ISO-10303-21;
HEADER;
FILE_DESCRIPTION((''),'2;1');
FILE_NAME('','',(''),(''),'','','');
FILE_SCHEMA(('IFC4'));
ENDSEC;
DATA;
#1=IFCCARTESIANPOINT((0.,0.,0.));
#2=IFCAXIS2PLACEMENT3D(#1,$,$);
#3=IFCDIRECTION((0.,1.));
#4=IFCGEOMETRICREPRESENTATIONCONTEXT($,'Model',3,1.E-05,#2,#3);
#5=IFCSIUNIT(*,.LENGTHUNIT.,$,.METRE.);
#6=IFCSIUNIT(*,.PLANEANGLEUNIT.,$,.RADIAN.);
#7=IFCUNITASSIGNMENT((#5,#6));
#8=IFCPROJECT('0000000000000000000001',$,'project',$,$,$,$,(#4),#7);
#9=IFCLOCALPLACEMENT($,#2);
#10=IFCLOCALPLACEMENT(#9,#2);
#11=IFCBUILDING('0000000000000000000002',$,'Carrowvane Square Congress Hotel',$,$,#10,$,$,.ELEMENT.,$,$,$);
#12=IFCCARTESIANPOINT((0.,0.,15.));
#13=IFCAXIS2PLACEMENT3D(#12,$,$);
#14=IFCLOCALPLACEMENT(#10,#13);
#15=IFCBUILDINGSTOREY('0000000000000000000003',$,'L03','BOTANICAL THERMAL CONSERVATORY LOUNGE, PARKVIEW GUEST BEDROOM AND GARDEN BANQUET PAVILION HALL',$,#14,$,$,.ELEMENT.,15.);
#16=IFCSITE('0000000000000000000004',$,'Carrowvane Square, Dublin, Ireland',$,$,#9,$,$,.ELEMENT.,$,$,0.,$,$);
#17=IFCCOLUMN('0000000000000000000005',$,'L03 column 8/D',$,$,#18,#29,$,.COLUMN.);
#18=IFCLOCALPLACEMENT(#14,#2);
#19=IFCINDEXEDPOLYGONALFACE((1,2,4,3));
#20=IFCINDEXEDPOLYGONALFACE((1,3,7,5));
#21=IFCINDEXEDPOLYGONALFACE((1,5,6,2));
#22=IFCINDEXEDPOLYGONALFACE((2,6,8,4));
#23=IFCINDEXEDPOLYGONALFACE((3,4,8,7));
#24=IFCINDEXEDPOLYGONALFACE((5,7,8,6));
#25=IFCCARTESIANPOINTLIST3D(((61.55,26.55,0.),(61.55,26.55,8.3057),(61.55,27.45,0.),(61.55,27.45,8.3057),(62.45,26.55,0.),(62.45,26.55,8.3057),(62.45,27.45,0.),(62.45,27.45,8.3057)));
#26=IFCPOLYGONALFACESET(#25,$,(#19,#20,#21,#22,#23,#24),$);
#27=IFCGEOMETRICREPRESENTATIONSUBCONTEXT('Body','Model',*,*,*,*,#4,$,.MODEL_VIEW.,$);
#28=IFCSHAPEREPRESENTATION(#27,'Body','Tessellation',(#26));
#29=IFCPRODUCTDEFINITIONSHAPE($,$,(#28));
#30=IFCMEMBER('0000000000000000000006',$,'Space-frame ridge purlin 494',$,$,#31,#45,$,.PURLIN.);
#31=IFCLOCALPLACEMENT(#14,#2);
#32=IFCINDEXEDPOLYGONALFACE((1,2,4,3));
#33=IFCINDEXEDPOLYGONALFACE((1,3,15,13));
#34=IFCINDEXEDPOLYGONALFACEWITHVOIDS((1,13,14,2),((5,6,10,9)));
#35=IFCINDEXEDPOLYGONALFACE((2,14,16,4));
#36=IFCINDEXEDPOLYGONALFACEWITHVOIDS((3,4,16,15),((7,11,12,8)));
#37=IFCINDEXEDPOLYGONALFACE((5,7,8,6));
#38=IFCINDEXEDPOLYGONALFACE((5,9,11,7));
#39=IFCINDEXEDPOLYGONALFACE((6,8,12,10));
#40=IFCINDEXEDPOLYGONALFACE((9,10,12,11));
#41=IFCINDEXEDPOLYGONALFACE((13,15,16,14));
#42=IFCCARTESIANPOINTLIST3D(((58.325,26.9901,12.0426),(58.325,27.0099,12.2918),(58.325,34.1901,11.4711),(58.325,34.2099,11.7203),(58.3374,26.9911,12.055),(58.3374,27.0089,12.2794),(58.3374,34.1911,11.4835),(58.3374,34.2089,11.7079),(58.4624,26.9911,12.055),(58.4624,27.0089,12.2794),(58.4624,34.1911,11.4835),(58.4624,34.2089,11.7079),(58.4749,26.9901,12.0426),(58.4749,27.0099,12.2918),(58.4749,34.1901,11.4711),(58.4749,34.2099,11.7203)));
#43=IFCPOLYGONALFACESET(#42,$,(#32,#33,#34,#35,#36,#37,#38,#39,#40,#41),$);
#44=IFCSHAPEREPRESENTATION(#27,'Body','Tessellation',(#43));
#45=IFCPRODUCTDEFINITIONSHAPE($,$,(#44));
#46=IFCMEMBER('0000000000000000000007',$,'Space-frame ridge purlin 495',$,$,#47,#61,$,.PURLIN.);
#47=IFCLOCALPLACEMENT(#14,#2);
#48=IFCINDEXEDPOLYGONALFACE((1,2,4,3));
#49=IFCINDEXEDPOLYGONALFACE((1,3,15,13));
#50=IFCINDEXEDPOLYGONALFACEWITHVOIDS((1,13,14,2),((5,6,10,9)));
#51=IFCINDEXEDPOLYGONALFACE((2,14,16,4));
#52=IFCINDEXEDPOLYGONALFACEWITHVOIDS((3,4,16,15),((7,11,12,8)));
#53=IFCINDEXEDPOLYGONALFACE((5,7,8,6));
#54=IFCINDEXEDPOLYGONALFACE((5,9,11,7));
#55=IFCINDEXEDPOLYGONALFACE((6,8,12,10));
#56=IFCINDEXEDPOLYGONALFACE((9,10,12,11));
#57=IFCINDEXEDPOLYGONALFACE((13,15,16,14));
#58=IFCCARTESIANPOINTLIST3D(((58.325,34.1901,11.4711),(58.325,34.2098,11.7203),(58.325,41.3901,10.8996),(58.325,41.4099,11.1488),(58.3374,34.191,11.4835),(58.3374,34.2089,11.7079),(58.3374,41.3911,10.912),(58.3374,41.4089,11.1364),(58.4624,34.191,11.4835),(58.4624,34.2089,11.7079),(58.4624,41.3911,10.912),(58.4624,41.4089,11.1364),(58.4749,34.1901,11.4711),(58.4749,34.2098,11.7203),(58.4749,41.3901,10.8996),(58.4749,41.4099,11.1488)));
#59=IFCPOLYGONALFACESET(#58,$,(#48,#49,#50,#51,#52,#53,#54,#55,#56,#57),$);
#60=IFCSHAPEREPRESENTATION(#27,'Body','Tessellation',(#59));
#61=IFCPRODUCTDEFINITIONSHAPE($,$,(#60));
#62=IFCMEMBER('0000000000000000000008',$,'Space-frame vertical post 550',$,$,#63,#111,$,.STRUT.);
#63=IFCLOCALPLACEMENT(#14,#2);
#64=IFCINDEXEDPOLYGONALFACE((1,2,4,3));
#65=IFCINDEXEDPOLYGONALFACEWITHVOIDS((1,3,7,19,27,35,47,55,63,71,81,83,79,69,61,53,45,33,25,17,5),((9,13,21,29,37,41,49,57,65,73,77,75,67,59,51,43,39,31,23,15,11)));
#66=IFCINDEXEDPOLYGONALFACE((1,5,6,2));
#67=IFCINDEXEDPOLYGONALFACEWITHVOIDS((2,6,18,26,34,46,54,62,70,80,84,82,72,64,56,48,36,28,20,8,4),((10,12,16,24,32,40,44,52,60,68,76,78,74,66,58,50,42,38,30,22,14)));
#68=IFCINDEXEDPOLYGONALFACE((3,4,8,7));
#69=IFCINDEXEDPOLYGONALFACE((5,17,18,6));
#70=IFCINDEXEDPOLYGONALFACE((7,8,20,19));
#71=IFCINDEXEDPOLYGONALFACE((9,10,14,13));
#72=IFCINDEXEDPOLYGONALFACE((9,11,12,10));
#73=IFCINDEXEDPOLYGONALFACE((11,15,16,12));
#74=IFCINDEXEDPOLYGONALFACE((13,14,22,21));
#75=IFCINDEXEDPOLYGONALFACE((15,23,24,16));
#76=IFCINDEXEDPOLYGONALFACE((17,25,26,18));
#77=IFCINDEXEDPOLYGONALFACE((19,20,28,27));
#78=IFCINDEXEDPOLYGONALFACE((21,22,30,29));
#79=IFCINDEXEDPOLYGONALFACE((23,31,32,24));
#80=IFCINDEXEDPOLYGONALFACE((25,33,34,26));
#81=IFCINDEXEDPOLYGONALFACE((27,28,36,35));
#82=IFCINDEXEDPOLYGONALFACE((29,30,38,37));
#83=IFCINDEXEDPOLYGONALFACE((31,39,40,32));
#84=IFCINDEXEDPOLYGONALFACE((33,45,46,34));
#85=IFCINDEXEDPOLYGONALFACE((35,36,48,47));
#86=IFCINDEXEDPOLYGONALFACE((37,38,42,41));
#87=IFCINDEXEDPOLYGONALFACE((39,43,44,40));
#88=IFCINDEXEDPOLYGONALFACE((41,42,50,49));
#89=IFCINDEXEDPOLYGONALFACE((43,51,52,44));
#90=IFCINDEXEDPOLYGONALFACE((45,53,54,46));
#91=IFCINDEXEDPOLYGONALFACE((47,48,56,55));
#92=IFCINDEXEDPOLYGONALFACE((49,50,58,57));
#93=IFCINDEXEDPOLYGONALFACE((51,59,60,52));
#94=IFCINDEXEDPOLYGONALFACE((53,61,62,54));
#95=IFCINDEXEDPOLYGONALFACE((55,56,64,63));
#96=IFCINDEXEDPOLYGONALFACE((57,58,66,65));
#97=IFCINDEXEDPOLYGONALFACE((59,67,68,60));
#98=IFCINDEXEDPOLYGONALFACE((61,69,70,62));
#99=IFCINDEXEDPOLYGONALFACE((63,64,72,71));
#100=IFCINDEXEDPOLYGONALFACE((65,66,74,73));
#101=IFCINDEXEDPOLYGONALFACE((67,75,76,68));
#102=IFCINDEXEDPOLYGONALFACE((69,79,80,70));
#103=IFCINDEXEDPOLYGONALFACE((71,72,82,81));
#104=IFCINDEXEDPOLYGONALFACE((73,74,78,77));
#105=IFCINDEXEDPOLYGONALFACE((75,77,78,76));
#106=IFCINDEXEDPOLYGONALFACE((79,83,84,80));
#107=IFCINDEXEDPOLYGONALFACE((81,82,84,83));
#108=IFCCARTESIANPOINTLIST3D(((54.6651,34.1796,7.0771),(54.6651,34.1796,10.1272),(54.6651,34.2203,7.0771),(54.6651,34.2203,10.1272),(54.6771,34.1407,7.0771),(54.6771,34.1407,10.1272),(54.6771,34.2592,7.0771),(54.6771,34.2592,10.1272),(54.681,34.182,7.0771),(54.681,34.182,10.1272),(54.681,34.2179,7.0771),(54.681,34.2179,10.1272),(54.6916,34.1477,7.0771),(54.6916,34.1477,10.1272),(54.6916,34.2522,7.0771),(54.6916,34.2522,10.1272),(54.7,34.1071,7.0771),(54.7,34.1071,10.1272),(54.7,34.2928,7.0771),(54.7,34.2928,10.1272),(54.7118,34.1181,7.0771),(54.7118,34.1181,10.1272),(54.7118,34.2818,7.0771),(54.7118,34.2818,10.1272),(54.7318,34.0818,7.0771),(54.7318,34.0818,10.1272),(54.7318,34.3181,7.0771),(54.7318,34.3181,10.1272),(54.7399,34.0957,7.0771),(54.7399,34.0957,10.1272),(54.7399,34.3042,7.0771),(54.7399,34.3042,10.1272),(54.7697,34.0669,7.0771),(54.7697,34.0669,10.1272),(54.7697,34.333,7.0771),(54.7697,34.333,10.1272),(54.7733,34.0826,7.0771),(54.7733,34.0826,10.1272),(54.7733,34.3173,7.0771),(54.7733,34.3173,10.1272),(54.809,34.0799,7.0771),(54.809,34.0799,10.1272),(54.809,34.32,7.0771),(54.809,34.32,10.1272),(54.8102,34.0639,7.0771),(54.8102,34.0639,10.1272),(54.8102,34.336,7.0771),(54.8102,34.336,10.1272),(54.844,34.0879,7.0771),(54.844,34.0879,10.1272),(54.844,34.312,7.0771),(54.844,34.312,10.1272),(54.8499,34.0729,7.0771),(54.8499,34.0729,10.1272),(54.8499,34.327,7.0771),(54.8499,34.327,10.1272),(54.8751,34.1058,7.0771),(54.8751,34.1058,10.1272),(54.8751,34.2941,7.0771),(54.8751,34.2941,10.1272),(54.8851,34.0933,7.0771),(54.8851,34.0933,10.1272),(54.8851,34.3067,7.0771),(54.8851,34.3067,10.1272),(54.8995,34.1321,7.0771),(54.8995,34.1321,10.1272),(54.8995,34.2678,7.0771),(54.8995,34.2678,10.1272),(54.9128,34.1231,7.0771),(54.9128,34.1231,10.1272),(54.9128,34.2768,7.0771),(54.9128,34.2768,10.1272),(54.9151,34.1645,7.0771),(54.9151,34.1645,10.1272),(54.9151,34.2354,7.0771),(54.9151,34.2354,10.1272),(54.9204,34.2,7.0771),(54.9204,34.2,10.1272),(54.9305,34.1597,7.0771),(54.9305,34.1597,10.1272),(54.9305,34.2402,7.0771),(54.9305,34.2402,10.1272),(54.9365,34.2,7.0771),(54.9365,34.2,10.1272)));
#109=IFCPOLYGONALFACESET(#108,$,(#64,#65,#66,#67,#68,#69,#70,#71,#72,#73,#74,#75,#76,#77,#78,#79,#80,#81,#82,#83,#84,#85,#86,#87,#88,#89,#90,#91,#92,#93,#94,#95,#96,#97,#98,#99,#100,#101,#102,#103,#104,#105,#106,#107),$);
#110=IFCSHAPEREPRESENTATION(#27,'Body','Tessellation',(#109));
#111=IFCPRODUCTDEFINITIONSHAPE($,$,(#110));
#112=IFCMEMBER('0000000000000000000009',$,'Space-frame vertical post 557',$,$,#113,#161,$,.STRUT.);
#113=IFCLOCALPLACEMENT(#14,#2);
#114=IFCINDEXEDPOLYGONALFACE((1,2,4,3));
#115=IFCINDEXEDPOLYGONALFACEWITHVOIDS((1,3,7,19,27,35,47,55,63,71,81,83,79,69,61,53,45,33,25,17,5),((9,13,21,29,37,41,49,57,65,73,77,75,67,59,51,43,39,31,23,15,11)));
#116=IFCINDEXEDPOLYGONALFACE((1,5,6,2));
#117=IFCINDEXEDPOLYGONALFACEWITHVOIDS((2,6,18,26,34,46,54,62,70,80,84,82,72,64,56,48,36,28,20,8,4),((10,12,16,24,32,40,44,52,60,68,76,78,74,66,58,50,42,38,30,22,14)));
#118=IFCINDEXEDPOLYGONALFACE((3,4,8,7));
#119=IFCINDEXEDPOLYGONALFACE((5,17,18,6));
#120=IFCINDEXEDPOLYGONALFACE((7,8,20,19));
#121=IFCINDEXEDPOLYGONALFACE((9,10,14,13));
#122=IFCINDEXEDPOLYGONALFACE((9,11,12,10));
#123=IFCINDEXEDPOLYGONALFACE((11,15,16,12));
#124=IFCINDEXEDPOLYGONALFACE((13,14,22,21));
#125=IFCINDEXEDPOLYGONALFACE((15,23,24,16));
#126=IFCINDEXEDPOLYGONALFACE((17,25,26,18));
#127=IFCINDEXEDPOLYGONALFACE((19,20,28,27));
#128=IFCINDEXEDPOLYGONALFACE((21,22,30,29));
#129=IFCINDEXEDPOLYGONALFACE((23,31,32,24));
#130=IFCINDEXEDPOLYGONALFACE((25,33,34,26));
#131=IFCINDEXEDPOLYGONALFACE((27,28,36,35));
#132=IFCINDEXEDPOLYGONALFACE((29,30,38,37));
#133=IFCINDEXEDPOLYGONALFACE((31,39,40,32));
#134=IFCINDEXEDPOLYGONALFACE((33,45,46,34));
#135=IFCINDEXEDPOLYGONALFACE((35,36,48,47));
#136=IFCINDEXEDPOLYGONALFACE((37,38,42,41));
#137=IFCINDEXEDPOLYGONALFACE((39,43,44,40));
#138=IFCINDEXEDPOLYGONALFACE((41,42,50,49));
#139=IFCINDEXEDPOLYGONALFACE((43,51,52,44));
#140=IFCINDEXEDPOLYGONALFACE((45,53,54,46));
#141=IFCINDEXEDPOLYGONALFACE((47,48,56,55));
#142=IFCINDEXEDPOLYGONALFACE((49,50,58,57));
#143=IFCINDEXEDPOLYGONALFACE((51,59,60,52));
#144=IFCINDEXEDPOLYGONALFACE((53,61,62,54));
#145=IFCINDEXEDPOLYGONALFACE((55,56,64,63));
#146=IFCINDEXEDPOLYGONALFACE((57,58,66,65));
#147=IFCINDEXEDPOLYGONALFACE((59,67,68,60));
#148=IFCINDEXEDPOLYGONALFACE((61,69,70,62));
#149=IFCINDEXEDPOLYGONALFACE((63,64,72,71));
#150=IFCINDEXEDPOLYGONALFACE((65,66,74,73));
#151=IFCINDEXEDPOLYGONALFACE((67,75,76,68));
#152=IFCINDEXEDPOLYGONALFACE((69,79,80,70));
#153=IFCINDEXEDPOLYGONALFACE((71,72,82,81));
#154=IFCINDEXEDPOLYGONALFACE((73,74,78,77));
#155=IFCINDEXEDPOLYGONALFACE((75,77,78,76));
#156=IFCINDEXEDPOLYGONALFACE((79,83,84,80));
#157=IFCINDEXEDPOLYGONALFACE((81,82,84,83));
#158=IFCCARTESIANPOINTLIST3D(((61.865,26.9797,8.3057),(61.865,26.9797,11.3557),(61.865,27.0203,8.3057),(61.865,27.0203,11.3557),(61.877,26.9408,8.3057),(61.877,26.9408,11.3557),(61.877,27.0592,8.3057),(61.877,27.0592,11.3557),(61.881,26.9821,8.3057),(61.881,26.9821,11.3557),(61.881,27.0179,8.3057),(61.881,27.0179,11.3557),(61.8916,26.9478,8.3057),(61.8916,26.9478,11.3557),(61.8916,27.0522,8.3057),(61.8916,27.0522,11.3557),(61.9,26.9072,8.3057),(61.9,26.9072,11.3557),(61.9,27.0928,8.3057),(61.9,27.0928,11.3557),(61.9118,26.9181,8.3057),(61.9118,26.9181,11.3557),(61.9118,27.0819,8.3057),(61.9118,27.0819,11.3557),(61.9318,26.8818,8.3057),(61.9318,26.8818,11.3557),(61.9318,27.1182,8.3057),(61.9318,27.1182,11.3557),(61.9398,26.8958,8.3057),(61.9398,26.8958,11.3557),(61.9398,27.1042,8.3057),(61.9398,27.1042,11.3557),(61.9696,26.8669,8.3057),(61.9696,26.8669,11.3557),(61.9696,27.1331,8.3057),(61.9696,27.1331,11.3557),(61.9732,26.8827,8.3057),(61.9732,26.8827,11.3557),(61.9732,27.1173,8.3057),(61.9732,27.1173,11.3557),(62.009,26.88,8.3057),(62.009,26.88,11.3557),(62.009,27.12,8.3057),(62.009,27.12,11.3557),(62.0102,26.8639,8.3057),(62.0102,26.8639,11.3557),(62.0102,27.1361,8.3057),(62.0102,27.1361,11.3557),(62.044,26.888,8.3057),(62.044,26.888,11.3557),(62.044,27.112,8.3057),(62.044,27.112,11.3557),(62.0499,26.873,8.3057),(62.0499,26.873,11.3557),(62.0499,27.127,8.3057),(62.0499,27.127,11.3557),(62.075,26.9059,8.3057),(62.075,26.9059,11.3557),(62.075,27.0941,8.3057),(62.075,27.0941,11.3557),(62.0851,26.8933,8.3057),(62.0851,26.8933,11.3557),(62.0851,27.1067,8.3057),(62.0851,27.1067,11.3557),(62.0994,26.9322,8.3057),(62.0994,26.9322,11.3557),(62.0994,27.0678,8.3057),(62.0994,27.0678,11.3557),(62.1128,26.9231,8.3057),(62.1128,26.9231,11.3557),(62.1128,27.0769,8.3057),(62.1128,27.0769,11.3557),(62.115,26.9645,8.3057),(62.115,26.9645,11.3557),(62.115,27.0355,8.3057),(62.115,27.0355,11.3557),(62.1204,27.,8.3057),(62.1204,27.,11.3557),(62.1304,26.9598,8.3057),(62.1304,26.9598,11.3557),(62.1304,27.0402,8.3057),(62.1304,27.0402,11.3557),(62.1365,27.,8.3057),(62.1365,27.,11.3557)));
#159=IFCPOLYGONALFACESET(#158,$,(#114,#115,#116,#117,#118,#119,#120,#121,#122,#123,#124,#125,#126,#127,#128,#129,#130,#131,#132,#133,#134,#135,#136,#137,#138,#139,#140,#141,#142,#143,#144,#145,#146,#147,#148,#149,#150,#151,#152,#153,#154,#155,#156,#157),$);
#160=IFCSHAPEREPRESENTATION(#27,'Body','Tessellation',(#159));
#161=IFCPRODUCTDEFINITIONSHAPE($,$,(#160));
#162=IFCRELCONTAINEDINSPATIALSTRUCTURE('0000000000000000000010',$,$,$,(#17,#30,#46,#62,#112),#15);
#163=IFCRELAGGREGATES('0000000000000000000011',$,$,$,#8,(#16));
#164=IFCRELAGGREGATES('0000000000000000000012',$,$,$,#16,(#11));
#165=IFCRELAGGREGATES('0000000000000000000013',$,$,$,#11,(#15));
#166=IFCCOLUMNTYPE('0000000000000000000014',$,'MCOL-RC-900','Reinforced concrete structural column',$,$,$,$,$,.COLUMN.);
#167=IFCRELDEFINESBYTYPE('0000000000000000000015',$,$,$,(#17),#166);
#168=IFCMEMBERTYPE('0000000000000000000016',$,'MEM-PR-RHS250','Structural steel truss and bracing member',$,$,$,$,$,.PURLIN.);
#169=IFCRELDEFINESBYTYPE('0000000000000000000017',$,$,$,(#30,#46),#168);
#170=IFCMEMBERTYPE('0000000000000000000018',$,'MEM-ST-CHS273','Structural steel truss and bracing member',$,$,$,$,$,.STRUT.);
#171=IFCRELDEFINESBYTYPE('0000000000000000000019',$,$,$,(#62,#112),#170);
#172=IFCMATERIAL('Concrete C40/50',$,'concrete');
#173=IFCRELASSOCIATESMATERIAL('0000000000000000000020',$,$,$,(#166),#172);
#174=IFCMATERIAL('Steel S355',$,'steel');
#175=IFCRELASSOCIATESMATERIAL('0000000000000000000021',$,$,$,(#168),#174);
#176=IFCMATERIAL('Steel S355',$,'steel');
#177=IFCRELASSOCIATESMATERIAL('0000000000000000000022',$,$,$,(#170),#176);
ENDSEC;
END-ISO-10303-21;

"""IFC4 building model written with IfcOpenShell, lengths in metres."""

from ifc_helpers import new_model, si_unit, direction, frame, origin, origin_2d, place, context, subcontext, project, spatial, rectangle, hollow_rectangle, hollow_circle, extrude, material, material_profile, profile_set, type_object, element, save


model = new_model("IFC4")

# Units and contexts
model_context = context("Model", 3, precision=1e-05, world=origin(), true_north=direction((0.0, 1.0)))
body_context = subcontext(model_context, "Body", "Model", "MODEL_VIEW")
ifc_project = project(units=[si_unit("LENGTHUNIT", "METRE"), si_unit("PLANEANGLEUNIT", "RADIAN")], contexts=[model_context])

# Site, building, storey
site_placement = place(None, origin())
site = spatial("IfcSite", under=ifc_project, at=site_placement, Name="Carrowvane Square, Dublin, Ireland", CompositionType="ELEMENT", RefElevation=0.0)
building_placement = place(site_placement, origin())
building = spatial("IfcBuilding", under=site, at=building_placement, Name="Carrowvane Square Congress Hotel", CompositionType="ELEMENT")
storey_placement = place(building_placement, frame((0.0, 0.0, 15.0)))
storey = spatial("IfcBuildingStorey", under=building, at=storey_placement, Name="L03", Description="BOTANICAL THERMAL CONSERVATORY LOUNGE, PARKVIEW GUEST BEDROOM AND GARDEN BANQUET PAVILION HALL", CompositionType="ELEMENT", Elevation=15.0)

# Column
ifc_material_1 = material(Name="Concrete C40/50", Category="concrete")
ifc_material_profile_1 = material_profile(ifc_material_1, rectangle(XDim=0.8999, YDim=0.8999, at=origin_2d()), Name="RC 900x900")
ifc_profile_set_1 = profile_set([ifc_material_profile_1], Name="Concrete C40/50")
column_type = type_object("IfcColumnType", Name="MCOL-RC-900", Description="Reinforced concrete structural column", PredefinedType="COLUMN", material=ifc_profile_set_1)
column_placement = place(storey_placement, frame((62.0, 27.0, 0.0), z_axis=(0.0, 0.0, 1.0), x_axis=(1.0, 0.0, 0.0)))
element("IfcColumn", 1, at=column_placement, inside=storey, type_object=column_type, Name="L03 column 8/D", PredefinedType="COLUMN", context=body_context, shape_type="SweptSolid", body=[
    extrude(rectangle(XDim=0.8999, YDim=0.8999, at=origin_2d()), origin(), (0.0, 0.0, 1.0), 8.3057),
])

# Members
ifc_material_2 = material(Name="Steel S355", Category="steel")
ifc_material_profile_2 = material_profile(ifc_material_2, hollow_rectangle(XDim=0.1499, YDim=0.25, WallThickness=0.0125, at=origin_2d()), Name="RHS 250x150x12.5")
ifc_profile_set_2 = profile_set([ifc_material_profile_2], Name="Steel S355")
member_type_1 = type_object("IfcMemberType", Name="MEM-PR-RHS250", Description="Structural steel truss and bracing member", PredefinedType="PURLIN", material=ifc_profile_set_2)
for number, where, z_axis, x_axis, name in (
    (2, (58.3999, 27.0, 12.1672), (0.0, 0.996864, -0.079131), (-1.0, 0.0, 0.0), "Space-frame ridge purlin 494"),
    (3, (58.3999, 34.2, 11.5957), (0.0, 0.996864, -0.079131), (-1.0, 0.0, 0.0), "Space-frame ridge purlin 495"),
):
    element("IfcMember", number, at=place(storey_placement, frame(where, z_axis=z_axis, x_axis=x_axis)), inside=storey, type_object=member_type_1, Name=name, PredefinedType="PURLIN", context=body_context, shape_type="SweptSolid", body=[
        extrude(hollow_rectangle(XDim=0.1499, YDim=0.25, WallThickness=0.0125, at=origin_2d()), origin(), (0.0, 0.0, 1.0), 7.2227),
    ])
ifc_material_3 = material(Name="Steel S355", Category="steel")
ifc_material_profile_3 = material_profile(ifc_material_3, hollow_circle(Radius=0.1365, WallThickness=0.0161, at=origin_2d()), Name="CHS 273.0x16")
ifc_profile_set_3 = profile_set([ifc_material_profile_3], Name="Steel S355")
member_type_2 = type_object("IfcMemberType", Name="MEM-ST-CHS273", Description="Structural steel truss and bracing member", PredefinedType="STRUT", material=ifc_profile_set_3)
for number, where, z_axis, x_axis, name in (
    (4, (54.8, 34.2, 7.0771), (0.0, 0.0, 1.0), (1.0, 0.0, 0.0), "Space-frame vertical post 550"),
    (5, (62.0, 27.0, 8.3057), (0.0, 0.0, 1.0), (1.0, 0.0, 0.0), "Space-frame vertical post 557"),
):
    element("IfcMember", number, at=place(storey_placement, frame(where, z_axis=z_axis, x_axis=x_axis)), inside=storey, type_object=member_type_2, Name=name, PredefinedType="STRUT", context=body_context, shape_type="SweptSolid", body=[
        extrude(hollow_circle(Radius=0.1365, WallThickness=0.0161, at=origin_2d()), origin(), (0.0, 0.0, 1.0), 3.05),
    ])

save(model, "model.ifc")
